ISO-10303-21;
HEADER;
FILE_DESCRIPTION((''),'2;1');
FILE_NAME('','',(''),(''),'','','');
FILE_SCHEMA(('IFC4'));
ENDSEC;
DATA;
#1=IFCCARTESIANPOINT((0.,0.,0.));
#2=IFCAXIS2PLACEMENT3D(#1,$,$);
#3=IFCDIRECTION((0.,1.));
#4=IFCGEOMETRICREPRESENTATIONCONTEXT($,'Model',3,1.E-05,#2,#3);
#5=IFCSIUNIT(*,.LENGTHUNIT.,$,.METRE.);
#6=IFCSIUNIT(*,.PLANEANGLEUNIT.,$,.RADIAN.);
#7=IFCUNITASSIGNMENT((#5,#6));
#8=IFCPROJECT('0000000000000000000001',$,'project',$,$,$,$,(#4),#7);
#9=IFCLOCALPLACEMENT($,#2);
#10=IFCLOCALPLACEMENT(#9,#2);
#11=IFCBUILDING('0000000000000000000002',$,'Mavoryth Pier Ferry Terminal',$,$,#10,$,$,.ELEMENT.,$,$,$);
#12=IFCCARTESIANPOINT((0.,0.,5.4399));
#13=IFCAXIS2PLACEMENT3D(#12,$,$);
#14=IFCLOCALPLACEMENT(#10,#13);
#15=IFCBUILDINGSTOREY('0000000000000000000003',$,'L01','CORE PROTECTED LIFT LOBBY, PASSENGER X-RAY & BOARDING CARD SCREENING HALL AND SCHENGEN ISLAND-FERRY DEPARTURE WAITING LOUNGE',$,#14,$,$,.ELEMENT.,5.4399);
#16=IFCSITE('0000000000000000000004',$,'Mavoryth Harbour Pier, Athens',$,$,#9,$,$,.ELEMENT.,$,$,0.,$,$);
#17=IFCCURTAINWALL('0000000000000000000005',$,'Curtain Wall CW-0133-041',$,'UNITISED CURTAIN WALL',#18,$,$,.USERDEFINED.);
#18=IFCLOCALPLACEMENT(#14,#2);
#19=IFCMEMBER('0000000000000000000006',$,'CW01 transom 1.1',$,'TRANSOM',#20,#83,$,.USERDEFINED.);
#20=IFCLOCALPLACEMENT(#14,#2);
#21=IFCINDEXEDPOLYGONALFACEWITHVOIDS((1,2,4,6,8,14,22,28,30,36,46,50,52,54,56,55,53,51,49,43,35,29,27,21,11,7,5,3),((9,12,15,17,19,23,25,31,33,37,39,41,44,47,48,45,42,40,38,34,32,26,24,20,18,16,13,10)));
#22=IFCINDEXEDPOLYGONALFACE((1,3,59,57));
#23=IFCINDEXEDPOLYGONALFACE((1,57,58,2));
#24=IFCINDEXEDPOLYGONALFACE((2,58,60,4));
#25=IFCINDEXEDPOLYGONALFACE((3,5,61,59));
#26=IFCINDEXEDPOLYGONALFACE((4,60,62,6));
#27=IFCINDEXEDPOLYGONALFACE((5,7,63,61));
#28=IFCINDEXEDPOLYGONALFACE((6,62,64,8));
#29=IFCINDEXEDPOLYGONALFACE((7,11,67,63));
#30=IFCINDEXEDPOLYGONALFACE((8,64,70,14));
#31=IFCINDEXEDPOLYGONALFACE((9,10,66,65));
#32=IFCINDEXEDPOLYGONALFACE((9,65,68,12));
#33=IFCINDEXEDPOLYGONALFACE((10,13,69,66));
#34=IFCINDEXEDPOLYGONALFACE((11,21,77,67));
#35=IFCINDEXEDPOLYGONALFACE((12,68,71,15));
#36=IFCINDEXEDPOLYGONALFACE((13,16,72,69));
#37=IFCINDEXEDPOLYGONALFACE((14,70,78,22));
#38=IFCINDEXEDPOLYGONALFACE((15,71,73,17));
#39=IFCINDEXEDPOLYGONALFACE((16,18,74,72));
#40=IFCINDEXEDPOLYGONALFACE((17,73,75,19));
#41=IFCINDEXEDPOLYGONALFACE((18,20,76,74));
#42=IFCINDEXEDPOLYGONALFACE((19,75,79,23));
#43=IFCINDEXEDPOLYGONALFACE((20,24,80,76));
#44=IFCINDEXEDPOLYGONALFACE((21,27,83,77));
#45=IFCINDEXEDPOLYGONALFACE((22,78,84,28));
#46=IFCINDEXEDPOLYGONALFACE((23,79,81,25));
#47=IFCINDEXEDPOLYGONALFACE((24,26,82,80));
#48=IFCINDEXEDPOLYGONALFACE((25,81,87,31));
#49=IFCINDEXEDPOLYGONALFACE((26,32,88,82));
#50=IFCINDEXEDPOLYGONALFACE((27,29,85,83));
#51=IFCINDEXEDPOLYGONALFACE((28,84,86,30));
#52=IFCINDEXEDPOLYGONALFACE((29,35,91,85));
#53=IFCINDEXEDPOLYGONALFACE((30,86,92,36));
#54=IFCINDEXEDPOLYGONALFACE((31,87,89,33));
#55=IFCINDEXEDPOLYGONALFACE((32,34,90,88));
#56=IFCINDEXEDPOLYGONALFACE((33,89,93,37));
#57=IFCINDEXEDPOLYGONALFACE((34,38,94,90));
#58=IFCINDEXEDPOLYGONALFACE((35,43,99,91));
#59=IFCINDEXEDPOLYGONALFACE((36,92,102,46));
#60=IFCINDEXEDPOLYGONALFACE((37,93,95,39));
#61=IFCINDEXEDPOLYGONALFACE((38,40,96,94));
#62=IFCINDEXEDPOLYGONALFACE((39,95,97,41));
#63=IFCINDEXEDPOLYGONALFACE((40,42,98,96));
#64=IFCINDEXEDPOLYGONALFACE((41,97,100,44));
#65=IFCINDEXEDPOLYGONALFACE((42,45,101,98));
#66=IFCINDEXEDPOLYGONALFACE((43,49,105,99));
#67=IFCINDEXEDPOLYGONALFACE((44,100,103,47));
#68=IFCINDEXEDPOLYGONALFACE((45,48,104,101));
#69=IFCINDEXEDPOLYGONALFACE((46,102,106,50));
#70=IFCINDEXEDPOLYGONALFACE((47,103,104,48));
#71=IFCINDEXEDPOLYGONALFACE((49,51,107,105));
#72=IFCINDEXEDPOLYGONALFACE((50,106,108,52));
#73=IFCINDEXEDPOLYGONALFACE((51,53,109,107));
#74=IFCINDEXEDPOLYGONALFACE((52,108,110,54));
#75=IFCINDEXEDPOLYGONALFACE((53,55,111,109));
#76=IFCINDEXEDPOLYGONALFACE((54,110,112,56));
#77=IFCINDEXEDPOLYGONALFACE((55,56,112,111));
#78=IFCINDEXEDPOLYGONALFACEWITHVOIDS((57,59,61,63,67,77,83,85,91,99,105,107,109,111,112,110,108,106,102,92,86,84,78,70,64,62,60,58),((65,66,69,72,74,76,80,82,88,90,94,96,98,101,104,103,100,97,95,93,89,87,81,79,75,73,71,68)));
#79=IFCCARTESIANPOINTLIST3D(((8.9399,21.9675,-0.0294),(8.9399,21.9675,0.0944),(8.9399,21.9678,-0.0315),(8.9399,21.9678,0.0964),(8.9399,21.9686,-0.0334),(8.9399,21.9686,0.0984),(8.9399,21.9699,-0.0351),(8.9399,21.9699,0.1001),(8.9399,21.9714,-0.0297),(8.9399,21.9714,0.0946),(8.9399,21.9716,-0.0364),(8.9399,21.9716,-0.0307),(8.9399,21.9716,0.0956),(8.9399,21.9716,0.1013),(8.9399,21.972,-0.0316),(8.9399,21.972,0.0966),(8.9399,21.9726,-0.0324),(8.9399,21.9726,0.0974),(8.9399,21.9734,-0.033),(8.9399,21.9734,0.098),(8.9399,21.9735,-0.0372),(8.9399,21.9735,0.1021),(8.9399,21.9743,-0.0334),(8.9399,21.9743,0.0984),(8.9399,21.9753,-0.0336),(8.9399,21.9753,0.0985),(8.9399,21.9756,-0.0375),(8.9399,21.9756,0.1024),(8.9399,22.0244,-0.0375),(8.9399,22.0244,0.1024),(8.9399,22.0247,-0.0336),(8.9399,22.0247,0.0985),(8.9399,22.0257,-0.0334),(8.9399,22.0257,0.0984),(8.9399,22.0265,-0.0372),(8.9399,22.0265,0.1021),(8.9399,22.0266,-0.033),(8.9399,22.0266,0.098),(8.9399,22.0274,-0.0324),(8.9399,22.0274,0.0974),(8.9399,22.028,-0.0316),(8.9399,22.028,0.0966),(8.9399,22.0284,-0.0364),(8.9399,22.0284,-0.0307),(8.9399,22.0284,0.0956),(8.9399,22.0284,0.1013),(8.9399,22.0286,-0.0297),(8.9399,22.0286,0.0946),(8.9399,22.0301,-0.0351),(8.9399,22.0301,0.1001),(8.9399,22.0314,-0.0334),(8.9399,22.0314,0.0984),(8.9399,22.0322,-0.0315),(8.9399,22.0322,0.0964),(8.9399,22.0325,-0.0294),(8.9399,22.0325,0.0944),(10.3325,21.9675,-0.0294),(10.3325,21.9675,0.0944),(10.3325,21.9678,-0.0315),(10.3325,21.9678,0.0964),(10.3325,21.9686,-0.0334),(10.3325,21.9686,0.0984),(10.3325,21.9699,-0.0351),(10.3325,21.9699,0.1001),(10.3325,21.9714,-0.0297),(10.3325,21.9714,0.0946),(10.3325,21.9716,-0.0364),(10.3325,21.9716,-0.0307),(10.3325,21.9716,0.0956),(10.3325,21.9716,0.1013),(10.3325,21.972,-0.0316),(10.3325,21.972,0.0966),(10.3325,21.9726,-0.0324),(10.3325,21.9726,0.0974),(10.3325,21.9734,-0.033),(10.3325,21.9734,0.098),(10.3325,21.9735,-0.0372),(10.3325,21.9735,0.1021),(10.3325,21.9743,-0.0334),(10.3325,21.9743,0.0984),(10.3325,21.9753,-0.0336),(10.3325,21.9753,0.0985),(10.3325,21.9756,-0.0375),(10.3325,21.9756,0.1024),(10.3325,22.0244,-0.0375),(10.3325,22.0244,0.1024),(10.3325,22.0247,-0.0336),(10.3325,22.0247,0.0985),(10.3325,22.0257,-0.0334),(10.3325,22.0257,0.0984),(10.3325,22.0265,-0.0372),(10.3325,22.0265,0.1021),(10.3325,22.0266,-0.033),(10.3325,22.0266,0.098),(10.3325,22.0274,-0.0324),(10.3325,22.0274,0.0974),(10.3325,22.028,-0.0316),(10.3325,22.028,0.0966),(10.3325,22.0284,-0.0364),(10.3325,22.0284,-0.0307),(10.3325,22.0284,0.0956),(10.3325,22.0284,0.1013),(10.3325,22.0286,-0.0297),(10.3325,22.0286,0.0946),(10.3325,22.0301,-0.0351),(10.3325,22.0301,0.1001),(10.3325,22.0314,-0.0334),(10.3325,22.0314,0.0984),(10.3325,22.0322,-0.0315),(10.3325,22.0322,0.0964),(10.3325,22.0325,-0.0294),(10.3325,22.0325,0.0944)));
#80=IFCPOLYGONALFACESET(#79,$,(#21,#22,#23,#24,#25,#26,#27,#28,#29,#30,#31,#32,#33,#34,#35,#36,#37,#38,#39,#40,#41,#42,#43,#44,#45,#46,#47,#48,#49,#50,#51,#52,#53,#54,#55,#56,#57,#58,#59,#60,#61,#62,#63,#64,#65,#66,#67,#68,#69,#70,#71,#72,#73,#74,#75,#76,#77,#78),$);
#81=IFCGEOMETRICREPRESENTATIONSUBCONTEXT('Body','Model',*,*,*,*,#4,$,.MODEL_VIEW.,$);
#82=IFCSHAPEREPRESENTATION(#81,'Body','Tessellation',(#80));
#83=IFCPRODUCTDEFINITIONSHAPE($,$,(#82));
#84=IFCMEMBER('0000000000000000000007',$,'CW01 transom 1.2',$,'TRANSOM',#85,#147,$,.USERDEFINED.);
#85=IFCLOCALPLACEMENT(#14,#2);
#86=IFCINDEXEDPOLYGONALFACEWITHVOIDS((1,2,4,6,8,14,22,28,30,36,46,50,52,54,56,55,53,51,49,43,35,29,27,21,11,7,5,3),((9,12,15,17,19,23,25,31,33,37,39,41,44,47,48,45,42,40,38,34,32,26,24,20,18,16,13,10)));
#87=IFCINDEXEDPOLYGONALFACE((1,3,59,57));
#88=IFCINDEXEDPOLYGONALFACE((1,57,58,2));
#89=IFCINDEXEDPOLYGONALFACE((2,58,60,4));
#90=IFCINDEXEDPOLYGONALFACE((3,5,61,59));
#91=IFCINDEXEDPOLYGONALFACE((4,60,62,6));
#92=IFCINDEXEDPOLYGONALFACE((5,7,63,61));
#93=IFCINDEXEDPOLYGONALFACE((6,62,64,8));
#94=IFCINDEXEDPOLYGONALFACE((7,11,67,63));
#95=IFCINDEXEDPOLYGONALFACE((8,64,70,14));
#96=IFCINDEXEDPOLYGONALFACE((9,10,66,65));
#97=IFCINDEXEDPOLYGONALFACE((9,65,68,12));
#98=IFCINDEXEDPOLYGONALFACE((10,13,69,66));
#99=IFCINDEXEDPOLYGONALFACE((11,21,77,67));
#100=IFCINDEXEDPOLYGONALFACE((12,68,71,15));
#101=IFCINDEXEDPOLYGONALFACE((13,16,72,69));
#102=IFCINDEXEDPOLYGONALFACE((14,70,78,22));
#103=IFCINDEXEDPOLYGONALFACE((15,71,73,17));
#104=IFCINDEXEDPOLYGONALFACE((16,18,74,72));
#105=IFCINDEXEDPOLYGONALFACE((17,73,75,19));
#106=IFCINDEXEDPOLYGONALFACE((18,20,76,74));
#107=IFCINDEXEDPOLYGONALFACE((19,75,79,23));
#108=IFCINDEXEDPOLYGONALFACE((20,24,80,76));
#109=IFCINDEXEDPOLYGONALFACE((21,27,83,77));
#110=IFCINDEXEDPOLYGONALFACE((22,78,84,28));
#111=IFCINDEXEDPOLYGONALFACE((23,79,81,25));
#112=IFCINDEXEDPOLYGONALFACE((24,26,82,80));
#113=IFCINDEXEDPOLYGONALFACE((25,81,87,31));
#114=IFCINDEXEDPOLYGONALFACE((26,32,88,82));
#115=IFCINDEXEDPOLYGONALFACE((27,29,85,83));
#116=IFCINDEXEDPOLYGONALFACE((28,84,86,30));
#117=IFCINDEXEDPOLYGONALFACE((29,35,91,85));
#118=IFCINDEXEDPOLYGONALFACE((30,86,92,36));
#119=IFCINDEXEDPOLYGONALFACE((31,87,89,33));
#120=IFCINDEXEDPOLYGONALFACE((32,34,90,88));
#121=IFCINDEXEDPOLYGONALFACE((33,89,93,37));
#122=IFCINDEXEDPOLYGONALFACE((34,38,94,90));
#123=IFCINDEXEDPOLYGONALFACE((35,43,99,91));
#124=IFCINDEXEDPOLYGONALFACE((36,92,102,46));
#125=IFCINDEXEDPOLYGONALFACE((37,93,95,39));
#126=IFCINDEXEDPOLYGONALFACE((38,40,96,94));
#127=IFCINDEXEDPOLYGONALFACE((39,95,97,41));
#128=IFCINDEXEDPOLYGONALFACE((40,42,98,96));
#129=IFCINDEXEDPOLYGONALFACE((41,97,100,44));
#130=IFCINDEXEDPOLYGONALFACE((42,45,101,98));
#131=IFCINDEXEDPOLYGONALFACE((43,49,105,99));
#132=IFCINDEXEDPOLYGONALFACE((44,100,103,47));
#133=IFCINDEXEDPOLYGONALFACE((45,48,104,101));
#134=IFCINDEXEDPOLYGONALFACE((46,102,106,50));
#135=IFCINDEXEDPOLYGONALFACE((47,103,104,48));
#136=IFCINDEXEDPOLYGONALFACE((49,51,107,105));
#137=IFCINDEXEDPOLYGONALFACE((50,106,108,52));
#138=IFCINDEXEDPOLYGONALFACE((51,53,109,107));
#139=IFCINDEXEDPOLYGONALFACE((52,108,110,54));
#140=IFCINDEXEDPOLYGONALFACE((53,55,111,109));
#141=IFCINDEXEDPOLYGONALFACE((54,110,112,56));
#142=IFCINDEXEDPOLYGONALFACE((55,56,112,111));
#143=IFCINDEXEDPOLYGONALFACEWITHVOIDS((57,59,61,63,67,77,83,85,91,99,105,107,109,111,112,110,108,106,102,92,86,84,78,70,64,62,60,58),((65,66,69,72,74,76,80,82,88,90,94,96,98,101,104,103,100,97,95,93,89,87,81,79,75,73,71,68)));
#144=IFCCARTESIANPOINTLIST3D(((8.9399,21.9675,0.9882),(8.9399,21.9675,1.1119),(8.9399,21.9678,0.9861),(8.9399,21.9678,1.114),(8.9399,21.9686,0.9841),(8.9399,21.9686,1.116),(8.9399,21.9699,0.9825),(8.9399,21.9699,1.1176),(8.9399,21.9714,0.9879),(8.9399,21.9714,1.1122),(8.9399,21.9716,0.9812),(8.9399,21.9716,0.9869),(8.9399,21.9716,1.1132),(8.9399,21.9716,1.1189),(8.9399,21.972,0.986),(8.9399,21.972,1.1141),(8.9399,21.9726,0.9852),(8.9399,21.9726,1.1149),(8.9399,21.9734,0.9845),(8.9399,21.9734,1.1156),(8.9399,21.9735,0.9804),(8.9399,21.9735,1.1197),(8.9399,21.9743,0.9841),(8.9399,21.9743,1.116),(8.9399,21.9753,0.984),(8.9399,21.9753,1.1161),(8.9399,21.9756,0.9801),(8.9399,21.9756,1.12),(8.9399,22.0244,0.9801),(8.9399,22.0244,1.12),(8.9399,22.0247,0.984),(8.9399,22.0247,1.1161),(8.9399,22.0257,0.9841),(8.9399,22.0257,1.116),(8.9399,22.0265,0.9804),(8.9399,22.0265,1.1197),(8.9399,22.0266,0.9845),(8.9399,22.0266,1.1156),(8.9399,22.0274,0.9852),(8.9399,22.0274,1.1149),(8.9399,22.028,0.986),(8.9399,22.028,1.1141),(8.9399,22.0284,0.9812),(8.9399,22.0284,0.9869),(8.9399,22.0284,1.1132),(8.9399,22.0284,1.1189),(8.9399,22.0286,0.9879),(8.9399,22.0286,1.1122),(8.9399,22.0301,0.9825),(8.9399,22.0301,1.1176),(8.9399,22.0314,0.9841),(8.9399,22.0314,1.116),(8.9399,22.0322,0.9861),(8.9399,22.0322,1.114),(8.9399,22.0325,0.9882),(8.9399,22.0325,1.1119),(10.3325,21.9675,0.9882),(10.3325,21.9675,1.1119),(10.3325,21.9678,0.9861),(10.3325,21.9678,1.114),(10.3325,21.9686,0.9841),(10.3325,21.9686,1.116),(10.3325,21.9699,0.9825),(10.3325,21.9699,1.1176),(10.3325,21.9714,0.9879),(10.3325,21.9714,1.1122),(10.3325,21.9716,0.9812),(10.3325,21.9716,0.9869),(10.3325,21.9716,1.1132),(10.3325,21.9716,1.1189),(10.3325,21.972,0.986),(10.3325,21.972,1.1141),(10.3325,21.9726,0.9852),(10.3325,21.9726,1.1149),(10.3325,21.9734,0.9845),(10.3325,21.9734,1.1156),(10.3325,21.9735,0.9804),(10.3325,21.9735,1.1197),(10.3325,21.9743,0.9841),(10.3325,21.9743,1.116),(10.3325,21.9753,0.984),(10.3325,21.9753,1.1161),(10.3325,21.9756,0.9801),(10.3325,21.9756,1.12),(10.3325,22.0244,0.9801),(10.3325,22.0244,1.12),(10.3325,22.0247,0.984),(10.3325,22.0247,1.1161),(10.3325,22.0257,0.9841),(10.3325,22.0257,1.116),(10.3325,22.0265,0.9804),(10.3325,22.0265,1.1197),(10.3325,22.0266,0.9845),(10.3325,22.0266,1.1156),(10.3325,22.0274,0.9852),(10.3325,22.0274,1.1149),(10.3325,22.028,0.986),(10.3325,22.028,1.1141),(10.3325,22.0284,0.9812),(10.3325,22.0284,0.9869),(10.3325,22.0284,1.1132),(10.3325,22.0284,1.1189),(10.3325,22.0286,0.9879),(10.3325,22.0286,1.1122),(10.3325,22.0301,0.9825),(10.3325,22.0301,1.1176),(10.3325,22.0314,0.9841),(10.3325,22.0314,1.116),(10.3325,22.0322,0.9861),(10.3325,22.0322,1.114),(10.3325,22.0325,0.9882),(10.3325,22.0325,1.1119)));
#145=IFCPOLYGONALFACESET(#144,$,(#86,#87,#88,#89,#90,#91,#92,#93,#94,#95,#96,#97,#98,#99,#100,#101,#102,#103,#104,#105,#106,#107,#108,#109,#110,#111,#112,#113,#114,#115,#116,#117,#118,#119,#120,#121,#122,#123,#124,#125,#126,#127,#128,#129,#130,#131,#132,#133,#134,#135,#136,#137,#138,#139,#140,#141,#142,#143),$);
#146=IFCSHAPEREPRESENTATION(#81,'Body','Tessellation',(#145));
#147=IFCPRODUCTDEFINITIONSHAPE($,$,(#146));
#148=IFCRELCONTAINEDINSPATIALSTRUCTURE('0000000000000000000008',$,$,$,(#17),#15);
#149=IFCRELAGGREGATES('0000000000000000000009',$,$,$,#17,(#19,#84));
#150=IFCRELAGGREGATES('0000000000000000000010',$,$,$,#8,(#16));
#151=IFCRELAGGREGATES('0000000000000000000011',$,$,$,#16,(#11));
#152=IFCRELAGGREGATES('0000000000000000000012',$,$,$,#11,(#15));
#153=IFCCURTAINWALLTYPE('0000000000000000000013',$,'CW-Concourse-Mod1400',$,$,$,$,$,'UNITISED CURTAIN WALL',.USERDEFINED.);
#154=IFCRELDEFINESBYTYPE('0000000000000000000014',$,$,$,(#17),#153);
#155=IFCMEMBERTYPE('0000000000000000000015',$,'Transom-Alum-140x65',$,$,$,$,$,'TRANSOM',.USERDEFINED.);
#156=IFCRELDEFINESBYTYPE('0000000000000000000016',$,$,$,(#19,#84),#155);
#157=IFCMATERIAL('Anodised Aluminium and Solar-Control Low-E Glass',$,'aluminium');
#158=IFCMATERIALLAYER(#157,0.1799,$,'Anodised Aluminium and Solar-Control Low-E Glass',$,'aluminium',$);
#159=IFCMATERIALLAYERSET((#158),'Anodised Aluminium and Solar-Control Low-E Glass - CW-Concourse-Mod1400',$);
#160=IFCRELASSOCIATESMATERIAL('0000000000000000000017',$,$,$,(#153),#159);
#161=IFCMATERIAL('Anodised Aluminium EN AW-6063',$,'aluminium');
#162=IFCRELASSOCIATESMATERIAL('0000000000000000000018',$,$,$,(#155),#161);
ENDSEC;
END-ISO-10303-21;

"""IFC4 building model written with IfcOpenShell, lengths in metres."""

from ifc_helpers import new_model, si_unit, direction, frame, origin, origin_2d, place, context, subcontext, project, spatial, hollow_rectangle, extrude, material, layer, layer_set, material_profile, profile_set, type_object, element, aggregate, save


model = new_model("IFC4")

# Units and contexts
model_context = context("Model", 3, precision=1e-05, world=origin(), true_north=direction((0.0, 1.0)))
body_context = subcontext(model_context, "Body", "Model", "MODEL_VIEW")
ifc_project = project(units=[si_unit("LENGTHUNIT", "METRE"), si_unit("PLANEANGLEUNIT", "RADIAN")], contexts=[model_context])

# Site, building, storey
site_placement = place(None, origin())
site = spatial("IfcSite", under=ifc_project, at=site_placement, Name="Mavoryth Harbour Pier, Athens", CompositionType="ELEMENT", RefElevation=0.0)
building_placement = place(site_placement, origin())
building = spatial("IfcBuilding", under=site, at=building_placement, Name="Mavoryth Pier Ferry Terminal", CompositionType="ELEMENT")
storey_placement = place(building_placement, frame((0.0, 0.0, 5.4399)))
storey = spatial("IfcBuildingStorey", under=building, at=storey_placement, Name="L01", Description="CORE PROTECTED LIFT LOBBY, PASSENGER X-RAY & BOARDING CARD SCREENING HALL AND SCHENGEN ISLAND-FERRY DEPARTURE WAITING LOUNGE", CompositionType="ELEMENT", Elevation=5.4399)

# Curtain wall
ifc_material_1 = material(Name="Anodised Aluminium and Solar-Control Low-E Glass", Category="aluminium")
ifc_layer_1 = layer(ifc_material_1, 0.1799, Name="Anodised Aluminium and Solar-Control Low-E Glass", Category="aluminium")
ifc_layer_set_1 = layer_set([ifc_layer_1], Name="Anodised Aluminium and Solar-Control Low-E Glass - CW-Concourse-Mod1400")
curtain_wall_type = type_object("IfcCurtainWallType", Name="CW-Concourse-Mod1400", ElementType="UNITISED CURTAIN WALL", PredefinedType="USERDEFINED", material=ifc_layer_set_1)
ifc_material_2 = material(Name="Anodised Aluminium EN AW-6063", Category="aluminium")
curtain_wall_1_placement = place(storey_placement, origin())
curtain_wall_1 = element("IfcCurtainWall", 1, at=curtain_wall_1_placement, inside=storey, type_object=curtain_wall_type, Name="Curtain Wall CW-0133-041", ObjectType="UNITISED CURTAIN WALL", PredefinedType="USERDEFINED")

# Members
ifc_material_profile_1 = material_profile(ifc_material_2, hollow_rectangle(XDim=0.0649, YDim=0.1399, WallThickness=0.0039, InnerFilletRadius=0.0039, OuterFilletRadius=0.0081, at=origin_2d()), Name="AL-TRAN 140x65x4", Category="aluminium")
ifc_profile_set_1 = profile_set([ifc_material_profile_1], Name="Anodised Aluminium EN AW-6063 - AL-TRAN 140x65x4")
member_type_1 = type_object("IfcMemberType", Name="Transom-Alum-140x65", ElementType="TRANSOM", PredefinedType="USERDEFINED", material=ifc_profile_set_1)
member_1_placement = place(storey_placement, frame((8.9399, 22.0, 0.0325), z_axis=(1.0, 0.0, 0.0), x_axis=(0.0, 1.0, 0.0)))
member_1 = element("IfcMember", 2, at=member_1_placement, type_object=member_type_1, Name="CW01 transom 1.1", ObjectType="TRANSOM", PredefinedType="USERDEFINED", context=body_context, shape_type="SweptSolid", body=[
    extrude(hollow_rectangle(XDim=0.0649, YDim=0.1399, WallThickness=0.0039, InnerFilletRadius=0.0039, OuterFilletRadius=0.0081, at=origin_2d()), origin(), (0.0, 0.0, 1.0), 1.3926),
])
member_2_placement = place(storey_placement, frame((8.9399, 22.0, 1.05), z_axis=(1.0, 0.0, 0.0), x_axis=(0.0, 1.0, 0.0)))
member_2 = element("IfcMember", 3, at=member_2_placement, type_object=member_type_1, Name="CW01 transom 1.2", ObjectType="TRANSOM", PredefinedType="USERDEFINED", context=body_context, shape_type="SweptSolid", body=[
    extrude(hollow_rectangle(XDim=0.0649, YDim=0.1399, WallThickness=0.0039, InnerFilletRadius=0.0039, OuterFilletRadius=0.0081, at=origin_2d()), origin(), (0.0, 0.0, 1.0), 1.3926),
])

aggregate(curtain_wall_1, [member_1, member_2])

save(model, "model.ifc")
